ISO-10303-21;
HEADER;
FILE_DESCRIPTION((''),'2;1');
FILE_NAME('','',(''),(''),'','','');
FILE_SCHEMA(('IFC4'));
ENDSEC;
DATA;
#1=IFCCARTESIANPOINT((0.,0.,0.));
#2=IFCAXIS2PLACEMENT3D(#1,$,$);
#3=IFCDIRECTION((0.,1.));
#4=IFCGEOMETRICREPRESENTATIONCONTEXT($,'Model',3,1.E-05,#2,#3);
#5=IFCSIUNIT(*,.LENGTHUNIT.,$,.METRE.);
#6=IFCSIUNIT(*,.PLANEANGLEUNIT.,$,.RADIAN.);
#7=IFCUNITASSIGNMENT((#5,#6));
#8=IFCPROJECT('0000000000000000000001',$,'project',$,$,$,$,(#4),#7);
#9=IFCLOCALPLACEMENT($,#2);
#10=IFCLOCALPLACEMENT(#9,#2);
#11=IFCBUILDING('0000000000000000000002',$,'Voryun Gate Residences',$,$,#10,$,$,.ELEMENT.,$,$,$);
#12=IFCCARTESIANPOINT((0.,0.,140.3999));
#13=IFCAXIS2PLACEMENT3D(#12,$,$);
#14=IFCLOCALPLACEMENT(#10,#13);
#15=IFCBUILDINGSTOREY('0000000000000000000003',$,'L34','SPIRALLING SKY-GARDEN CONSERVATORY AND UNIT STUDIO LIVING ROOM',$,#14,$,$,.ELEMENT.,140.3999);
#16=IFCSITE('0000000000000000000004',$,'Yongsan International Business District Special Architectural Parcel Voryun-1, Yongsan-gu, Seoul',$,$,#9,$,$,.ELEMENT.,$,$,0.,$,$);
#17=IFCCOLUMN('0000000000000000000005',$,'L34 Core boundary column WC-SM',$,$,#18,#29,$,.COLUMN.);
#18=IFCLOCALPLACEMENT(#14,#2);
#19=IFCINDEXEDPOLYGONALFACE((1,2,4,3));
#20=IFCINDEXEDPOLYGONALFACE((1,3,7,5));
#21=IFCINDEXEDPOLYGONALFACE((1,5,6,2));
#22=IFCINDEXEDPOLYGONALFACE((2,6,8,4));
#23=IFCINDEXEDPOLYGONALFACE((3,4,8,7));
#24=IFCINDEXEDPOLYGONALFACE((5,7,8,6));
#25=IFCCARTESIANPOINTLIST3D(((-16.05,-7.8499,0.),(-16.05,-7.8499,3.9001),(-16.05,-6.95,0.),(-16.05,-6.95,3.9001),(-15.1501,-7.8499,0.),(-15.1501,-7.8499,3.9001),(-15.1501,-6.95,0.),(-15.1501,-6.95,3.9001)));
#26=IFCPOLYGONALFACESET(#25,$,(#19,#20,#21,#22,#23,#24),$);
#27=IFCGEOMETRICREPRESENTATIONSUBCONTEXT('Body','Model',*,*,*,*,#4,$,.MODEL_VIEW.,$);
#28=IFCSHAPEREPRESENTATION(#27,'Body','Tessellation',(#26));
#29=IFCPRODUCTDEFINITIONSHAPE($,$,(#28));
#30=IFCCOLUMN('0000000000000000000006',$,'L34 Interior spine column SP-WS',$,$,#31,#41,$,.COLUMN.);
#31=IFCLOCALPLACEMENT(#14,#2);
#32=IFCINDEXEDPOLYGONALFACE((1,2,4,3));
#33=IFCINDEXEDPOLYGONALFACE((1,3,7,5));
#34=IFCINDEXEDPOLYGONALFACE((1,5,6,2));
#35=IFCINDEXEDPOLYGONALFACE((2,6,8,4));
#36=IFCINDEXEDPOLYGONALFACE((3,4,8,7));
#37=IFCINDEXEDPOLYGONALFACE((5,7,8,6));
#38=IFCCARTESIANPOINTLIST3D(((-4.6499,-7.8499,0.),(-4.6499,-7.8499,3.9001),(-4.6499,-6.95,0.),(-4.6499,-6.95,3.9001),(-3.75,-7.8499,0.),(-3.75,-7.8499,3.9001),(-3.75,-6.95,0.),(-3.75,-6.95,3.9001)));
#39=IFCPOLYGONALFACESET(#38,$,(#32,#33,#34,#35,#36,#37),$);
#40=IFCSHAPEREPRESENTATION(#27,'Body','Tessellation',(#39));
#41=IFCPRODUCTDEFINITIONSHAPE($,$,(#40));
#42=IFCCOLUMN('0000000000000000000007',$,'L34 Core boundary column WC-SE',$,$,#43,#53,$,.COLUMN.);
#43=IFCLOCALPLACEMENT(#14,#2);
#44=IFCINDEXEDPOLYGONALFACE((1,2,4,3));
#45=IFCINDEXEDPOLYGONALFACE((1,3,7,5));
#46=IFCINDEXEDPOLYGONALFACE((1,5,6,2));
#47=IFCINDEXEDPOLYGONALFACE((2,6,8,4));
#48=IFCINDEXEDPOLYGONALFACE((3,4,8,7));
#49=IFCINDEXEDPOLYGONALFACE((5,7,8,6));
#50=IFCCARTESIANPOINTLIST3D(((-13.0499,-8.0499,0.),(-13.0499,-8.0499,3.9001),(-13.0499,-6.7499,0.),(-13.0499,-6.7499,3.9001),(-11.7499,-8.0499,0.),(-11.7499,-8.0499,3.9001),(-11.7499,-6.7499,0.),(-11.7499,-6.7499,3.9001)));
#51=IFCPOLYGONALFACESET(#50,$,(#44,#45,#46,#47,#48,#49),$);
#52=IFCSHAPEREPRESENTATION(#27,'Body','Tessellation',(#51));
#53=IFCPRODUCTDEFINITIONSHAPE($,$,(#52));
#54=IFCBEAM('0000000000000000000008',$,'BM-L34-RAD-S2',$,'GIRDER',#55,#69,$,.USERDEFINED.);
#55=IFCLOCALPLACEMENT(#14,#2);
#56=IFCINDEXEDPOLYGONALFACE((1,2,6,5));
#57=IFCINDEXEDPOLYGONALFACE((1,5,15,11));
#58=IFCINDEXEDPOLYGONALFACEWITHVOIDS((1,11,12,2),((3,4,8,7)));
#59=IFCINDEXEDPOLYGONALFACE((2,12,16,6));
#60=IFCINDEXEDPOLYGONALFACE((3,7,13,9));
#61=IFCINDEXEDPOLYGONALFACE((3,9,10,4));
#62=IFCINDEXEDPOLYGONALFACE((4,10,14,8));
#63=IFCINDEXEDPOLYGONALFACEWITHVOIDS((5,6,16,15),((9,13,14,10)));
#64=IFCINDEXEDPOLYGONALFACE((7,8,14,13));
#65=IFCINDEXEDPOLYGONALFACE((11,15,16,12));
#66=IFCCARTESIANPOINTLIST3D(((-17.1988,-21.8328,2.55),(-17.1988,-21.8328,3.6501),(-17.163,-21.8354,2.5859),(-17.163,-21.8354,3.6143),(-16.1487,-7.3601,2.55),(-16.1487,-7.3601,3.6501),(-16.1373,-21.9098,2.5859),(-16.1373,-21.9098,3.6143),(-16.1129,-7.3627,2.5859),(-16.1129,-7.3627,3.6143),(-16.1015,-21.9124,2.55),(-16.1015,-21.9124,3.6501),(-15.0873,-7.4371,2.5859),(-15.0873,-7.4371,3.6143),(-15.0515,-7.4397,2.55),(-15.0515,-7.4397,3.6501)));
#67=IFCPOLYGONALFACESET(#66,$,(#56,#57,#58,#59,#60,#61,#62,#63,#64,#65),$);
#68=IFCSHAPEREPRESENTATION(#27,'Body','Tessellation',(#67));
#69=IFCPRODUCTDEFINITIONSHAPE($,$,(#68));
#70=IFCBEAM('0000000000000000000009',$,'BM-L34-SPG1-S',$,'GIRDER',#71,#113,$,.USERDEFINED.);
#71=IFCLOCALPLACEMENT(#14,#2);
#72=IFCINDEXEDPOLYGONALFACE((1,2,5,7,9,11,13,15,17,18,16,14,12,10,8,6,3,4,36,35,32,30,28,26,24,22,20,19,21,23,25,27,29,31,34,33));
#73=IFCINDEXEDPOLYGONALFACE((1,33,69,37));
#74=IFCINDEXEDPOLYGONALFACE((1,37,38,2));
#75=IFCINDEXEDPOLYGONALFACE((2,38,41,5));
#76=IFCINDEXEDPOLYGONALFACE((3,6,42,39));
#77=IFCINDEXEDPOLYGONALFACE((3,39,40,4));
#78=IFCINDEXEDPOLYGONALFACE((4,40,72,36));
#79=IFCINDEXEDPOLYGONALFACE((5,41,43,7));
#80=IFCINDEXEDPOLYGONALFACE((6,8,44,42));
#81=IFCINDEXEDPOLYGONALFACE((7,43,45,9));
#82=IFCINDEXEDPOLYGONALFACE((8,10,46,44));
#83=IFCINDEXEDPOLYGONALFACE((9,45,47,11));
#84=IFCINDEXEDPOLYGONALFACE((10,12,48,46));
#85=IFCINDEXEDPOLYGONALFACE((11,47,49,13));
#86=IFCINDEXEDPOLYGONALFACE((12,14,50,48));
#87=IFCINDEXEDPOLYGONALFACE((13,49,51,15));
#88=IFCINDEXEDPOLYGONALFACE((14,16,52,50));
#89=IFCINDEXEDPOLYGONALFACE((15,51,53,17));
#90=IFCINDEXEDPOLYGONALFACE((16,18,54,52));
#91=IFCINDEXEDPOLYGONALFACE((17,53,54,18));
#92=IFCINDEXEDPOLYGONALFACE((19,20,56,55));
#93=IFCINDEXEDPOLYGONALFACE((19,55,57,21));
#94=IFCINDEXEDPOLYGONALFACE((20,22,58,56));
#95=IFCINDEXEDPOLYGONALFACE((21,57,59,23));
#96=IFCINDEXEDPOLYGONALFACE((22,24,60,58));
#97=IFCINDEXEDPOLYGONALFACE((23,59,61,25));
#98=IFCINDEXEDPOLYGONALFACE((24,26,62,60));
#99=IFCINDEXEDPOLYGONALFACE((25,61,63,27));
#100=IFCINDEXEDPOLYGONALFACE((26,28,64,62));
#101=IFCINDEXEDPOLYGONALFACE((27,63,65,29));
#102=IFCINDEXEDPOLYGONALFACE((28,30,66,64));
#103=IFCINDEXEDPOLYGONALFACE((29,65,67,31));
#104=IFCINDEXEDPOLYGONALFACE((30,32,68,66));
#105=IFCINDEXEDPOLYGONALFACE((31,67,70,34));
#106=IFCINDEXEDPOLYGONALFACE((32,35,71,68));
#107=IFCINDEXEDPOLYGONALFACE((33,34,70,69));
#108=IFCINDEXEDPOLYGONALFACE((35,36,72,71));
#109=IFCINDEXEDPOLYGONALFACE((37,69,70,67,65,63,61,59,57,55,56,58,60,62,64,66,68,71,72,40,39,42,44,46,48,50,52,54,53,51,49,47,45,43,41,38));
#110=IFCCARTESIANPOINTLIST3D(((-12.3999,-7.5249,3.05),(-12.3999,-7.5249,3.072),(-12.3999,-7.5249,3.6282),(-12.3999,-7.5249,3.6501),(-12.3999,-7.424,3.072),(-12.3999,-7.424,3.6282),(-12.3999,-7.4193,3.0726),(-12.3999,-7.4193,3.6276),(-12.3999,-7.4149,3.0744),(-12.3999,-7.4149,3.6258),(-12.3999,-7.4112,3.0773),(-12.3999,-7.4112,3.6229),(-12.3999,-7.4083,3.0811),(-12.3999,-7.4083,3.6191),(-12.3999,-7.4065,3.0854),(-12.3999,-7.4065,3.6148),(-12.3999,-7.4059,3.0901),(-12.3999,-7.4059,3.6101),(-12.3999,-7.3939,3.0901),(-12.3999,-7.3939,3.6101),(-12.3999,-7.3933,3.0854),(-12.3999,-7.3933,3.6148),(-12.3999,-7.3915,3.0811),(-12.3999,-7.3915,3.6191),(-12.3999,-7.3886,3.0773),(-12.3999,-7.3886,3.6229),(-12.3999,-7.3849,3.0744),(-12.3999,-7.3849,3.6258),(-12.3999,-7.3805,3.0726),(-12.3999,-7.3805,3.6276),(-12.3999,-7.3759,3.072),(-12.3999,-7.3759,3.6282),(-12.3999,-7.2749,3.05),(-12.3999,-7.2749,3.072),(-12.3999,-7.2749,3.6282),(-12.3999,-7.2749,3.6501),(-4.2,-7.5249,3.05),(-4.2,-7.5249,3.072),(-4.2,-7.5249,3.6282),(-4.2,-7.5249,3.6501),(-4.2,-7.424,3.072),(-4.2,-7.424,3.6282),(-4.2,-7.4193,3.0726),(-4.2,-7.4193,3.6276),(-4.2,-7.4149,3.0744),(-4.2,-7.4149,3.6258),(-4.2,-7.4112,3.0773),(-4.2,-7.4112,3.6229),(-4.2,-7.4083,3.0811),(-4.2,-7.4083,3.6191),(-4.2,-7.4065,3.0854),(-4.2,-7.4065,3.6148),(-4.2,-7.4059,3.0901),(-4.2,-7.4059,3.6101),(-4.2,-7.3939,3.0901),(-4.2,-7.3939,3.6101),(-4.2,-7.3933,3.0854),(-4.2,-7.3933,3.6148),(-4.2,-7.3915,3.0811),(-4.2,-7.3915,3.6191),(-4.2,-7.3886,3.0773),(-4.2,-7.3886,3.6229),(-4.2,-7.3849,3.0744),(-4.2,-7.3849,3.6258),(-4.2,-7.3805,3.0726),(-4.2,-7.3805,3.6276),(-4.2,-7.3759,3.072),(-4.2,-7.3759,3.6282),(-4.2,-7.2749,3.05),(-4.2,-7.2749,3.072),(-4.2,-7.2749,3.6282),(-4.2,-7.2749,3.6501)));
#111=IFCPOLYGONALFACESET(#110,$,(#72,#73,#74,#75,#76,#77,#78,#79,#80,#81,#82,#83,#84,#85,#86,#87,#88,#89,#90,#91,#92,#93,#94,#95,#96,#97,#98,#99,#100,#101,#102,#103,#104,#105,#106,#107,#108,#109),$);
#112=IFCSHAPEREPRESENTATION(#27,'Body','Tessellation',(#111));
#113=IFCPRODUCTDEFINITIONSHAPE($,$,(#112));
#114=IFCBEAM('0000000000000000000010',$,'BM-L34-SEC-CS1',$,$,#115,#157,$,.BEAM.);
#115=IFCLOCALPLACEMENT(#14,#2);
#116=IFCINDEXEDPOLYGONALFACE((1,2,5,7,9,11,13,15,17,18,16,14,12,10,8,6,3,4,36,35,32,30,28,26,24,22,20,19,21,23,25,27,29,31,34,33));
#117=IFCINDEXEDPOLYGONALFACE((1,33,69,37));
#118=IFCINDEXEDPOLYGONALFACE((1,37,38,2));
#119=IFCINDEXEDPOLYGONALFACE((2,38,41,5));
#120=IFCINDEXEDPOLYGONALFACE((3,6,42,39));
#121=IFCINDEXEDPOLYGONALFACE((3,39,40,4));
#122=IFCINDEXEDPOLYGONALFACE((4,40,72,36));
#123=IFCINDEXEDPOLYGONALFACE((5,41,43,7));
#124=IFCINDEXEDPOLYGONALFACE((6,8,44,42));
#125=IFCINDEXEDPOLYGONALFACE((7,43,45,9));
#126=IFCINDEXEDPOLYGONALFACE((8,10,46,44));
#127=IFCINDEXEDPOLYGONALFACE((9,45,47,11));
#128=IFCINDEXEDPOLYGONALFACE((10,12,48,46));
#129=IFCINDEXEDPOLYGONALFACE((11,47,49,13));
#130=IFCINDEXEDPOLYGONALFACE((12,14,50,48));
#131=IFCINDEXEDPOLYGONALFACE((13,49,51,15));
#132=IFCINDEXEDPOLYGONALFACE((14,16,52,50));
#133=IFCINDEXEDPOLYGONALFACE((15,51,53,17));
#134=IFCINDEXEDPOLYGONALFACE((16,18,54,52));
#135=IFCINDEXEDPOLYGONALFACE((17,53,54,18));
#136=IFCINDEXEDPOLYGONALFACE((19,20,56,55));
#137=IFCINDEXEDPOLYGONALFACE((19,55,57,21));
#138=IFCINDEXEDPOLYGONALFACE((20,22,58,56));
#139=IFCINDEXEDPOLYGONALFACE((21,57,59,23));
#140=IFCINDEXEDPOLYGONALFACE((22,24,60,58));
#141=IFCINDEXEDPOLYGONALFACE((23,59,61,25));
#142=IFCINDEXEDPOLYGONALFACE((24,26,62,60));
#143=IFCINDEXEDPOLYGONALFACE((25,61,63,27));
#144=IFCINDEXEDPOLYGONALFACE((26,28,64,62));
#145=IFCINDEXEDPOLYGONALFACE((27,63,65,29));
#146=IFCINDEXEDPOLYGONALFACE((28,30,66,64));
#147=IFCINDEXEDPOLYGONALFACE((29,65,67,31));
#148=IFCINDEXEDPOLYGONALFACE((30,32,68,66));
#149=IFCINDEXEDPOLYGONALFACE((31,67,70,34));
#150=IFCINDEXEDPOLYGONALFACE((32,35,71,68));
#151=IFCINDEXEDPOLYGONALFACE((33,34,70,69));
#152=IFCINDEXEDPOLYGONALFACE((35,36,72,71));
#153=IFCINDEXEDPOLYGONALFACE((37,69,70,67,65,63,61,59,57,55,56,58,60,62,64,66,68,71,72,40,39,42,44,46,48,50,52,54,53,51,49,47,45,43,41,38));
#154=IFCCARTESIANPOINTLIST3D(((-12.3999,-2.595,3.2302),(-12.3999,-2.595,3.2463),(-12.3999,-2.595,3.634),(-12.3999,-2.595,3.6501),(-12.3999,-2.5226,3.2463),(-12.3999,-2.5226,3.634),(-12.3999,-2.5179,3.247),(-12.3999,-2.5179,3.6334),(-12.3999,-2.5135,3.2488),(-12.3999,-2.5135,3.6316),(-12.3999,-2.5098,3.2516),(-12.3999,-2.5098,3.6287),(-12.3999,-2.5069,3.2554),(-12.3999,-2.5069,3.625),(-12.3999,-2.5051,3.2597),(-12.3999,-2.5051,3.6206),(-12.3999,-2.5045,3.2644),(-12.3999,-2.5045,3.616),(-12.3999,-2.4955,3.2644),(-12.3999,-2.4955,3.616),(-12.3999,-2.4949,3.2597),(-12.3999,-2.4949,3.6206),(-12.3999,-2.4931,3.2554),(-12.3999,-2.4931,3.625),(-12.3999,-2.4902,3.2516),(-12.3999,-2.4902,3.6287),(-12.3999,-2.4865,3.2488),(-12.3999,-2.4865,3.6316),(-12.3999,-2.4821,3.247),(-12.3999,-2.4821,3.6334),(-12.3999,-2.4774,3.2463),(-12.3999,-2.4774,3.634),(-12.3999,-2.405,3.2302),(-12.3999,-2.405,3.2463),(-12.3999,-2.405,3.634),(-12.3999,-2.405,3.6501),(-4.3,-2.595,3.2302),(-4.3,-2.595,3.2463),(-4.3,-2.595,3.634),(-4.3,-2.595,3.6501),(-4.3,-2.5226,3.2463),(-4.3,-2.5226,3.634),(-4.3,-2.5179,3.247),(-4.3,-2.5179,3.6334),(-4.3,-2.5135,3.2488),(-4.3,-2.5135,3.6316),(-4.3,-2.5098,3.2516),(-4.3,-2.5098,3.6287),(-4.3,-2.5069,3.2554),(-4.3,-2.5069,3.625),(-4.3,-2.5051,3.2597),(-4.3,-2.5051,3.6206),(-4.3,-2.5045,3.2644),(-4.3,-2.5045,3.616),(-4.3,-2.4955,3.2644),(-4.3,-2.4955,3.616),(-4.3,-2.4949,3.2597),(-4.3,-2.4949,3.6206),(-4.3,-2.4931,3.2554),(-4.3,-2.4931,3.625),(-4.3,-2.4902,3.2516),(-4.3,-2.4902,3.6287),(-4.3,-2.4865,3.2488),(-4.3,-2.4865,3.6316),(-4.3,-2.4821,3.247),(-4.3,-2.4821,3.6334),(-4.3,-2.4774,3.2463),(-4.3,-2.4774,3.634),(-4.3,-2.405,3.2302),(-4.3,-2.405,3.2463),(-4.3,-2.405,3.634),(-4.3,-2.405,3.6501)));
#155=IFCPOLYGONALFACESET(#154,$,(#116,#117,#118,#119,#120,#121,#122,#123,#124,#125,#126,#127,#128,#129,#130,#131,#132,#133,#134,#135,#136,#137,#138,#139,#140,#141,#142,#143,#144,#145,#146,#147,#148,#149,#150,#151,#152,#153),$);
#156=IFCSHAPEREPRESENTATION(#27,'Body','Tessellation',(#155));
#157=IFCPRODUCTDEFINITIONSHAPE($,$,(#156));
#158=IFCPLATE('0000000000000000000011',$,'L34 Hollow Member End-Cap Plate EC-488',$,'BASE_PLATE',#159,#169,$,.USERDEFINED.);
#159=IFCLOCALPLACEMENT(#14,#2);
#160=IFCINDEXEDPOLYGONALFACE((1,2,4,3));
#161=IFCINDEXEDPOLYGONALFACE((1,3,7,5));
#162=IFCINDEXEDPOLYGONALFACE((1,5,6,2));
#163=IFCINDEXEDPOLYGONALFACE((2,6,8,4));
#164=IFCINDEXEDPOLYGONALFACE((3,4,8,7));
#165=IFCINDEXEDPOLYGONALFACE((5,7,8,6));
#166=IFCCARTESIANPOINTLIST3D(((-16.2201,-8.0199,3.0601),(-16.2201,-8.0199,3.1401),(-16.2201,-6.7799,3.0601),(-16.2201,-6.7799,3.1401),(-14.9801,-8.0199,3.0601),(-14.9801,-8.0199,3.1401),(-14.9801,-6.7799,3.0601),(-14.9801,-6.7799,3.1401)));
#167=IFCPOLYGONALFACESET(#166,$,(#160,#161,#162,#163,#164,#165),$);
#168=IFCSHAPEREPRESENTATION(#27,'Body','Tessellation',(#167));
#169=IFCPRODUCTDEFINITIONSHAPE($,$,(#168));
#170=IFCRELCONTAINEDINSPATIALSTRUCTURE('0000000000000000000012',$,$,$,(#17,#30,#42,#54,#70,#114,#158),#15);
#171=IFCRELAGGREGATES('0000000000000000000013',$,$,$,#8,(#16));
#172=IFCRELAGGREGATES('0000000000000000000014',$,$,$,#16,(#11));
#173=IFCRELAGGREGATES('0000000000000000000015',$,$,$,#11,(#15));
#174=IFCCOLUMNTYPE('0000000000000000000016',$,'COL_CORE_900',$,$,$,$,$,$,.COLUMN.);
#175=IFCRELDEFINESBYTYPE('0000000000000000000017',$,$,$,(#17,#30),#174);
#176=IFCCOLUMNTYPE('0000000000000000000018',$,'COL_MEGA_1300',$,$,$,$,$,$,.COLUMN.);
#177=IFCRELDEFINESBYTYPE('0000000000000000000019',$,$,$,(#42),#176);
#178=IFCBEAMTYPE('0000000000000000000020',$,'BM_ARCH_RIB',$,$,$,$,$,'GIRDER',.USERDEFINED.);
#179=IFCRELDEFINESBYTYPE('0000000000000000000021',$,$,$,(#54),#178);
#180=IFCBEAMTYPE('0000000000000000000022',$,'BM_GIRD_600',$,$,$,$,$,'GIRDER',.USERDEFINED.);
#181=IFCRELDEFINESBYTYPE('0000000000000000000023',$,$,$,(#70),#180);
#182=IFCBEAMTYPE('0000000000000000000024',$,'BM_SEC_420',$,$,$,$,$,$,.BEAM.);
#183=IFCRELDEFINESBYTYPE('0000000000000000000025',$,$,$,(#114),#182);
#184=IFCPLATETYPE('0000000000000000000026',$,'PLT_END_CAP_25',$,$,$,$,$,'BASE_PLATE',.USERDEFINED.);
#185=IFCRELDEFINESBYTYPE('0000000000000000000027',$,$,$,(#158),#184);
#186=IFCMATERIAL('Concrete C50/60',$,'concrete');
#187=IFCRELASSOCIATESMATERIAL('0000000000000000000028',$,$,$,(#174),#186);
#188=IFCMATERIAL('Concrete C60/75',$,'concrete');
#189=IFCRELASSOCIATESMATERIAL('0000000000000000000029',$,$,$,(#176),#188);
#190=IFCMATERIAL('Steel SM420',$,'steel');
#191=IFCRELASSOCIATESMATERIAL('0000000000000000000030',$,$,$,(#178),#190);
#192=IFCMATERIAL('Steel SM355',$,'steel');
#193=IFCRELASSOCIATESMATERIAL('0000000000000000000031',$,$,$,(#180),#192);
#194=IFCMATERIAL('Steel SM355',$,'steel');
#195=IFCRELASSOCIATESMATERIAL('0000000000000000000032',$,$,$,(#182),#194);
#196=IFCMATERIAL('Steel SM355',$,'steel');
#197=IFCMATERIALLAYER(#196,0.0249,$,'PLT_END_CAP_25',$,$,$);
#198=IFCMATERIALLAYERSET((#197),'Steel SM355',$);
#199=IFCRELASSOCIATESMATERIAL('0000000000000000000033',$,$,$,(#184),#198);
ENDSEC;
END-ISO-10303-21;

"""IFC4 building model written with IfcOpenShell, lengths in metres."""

from ifc_helpers import new_model, si_unit, direction, frame, origin, origin_2d, place, context, subcontext, project, spatial, rectangle, hollow_rectangle, i_section, extrude, material, layer, layer_set, material_profile, profile_set, type_object, element, save


model = new_model("IFC4")

# Units and contexts
model_context = context("Model", 3, precision=1e-05, world=origin(), true_north=direction((0.0, 1.0)))
body_context = subcontext(model_context, "Body", "Model", "MODEL_VIEW")
ifc_project = project(units=[si_unit("LENGTHUNIT", "METRE"), si_unit("PLANEANGLEUNIT", "RADIAN")], contexts=[model_context])

# Site, building, storey
site_placement = place(None, origin())
site = spatial("IfcSite", under=ifc_project, at=site_placement, Name="Yongsan International Business District Special Architectural Parcel Voryun-1, Yongsan-gu, Seoul", CompositionType="ELEMENT", RefElevation=0.0)
building_placement = place(site_placement, origin())
building = spatial("IfcBuilding", under=site, at=building_placement, Name="Voryun Gate Residences", CompositionType="ELEMENT")
storey_placement = place(building_placement, frame((0.0, 0.0, 140.3999)))
storey = spatial("IfcBuildingStorey", under=building, at=storey_placement, Name="L34", Description="SPIRALLING SKY-GARDEN CONSERVATORY AND UNIT STUDIO LIVING ROOM", CompositionType="ELEMENT", Elevation=140.3999)

# Columns
ifc_material_1 = material(Name="Concrete C50/60", Category="concrete")
ifc_material_profile_1 = material_profile(ifc_material_1, rectangle(XDim=0.8999, YDim=0.8999, at=origin_2d()), Name="RC-900x900")
ifc_profile_set_1 = profile_set([ifc_material_profile_1], Name="Concrete C50/60")
column_type_1 = type_object("IfcColumnType", Name="COL_CORE_900", PredefinedType="COLUMN", material=ifc_profile_set_1)
for number, where, z_axis, x_axis, name in (
    (1, (-15.6001, -7.3999, 0.0), (0.0, 0.0, 1.0), (1.0, 0.0, 0.0), "L34 Core boundary column WC-SM"),
    (2, (-4.2, -7.3999, 0.0), (0.0, 0.0, 1.0), (1.0, 0.0, 0.0), "L34 Interior spine column SP-WS"),
):
    element("IfcColumn", number, at=place(storey_placement, frame(where, z_axis=z_axis, x_axis=x_axis)), inside=storey, type_object=column_type_1, Name=name, PredefinedType="COLUMN", context=body_context, shape_type="SweptSolid", body=[
        extrude(rectangle(XDim=0.8999, YDim=0.8999, at=origin_2d()), origin(), (0.0, 0.0, 1.0), 3.9001),
    ])
ifc_material_2 = material(Name="Concrete C60/75", Category="concrete")
ifc_material_profile_2 = material_profile(ifc_material_2, rectangle(XDim=1.3, YDim=1.3, at=origin_2d()), Name="RC-1300x1300")
ifc_profile_set_2 = profile_set([ifc_material_profile_2], Name="Concrete C60/75")
column_type_2 = type_object("IfcColumnType", Name="COL_MEGA_1300", PredefinedType="COLUMN", material=ifc_profile_set_2)
column_placement = place(storey_placement, frame((-12.3999, -7.3999, 0.0), z_axis=(0.0, 0.0, 1.0), x_axis=(1.0, 0.0, 0.0)))
element("IfcColumn", 3, at=column_placement, inside=storey, type_object=column_type_2, Name="L34 Core boundary column WC-SE", PredefinedType="COLUMN", context=body_context, shape_type="SweptSolid", body=[
    extrude(rectangle(XDim=1.3, YDim=1.3, at=origin_2d()), origin(), (0.0, 0.0, 1.0), 3.9001),
])

# Beams
ifc_material_3 = material(Name="Steel SM420", Category="steel")
ifc_material_profile_3 = material_profile(ifc_material_3, hollow_rectangle(XDim=1.1001, YDim=1.1001, WallThickness=0.0359, at=origin_2d()), Name="BOX-1100x1100x36")
ifc_profile_set_3 = profile_set([ifc_material_profile_3], Name="Steel SM420")
beam_type_1 = type_object("IfcBeamType", Name="BM_ARCH_RIB", ElementType="GIRDER", PredefinedType="USERDEFINED", material=ifc_profile_set_3)
beam_1_placement = place(storey_placement, frame((-15.6001, -7.3999, 3.1001), z_axis=(-0.072364, -0.997378, 0.0), x_axis=(0.997378, -0.072364, 0.0)))
element("IfcBeam", 4, at=beam_1_placement, inside=storey, type_object=beam_type_1, Name="BM-L34-RAD-S2", ObjectType="GIRDER", PredefinedType="USERDEFINED", context=body_context, shape_type="SweptSolid", body=[
    extrude(hollow_rectangle(XDim=1.1001, YDim=1.1001, WallThickness=0.0359, at=origin_2d()), origin(), (0.0, 0.0, 1.0), 14.5107),
])
ifc_material_4 = material(Name="Steel SM355", Category="steel")
ifc_material_profile_4 = material_profile(ifc_material_4, i_section(OverallWidth=0.25, OverallDepth=0.6001, WebThickness=0.012, FlangeThickness=0.022, FilletRadius=0.0181, at=origin_2d()), Name="H-600x250x12x22")
ifc_profile_set_4 = profile_set([ifc_material_profile_4], Name="Steel SM355")
beam_type_2 = type_object("IfcBeamType", Name="BM_GIRD_600", ElementType="GIRDER", PredefinedType="USERDEFINED", material=ifc_profile_set_4)
beam_2_placement = place(storey_placement, frame((-12.3999, -7.3999, 3.3501), z_axis=(1.0, 0.0, 0.0), x_axis=(0.0, 1.0, 0.0)))
element("IfcBeam", 5, at=beam_2_placement, inside=storey, type_object=beam_type_2, Name="BM-L34-SPG1-S", ObjectType="GIRDER", PredefinedType="USERDEFINED", context=body_context, shape_type="SweptSolid", body=[
    extrude(i_section(OverallWidth=0.25, OverallDepth=0.6001, WebThickness=0.012, FlangeThickness=0.022, FilletRadius=0.0181, at=origin_2d()), origin(), (0.0, 0.0, 1.0), 8.2),
])
ifc_material_5 = material(Name="Steel SM355", Category="steel")
ifc_material_profile_5 = material_profile(ifc_material_5, i_section(OverallWidth=0.1899, OverallDepth=0.4199, WebThickness=0.009, FlangeThickness=0.0161, FilletRadius=0.0181, at=origin_2d()), Name="H-420x190x9x16")
ifc_profile_set_5 = profile_set([ifc_material_profile_5], Name="Steel SM355")
beam_type_3 = type_object("IfcBeamType", Name="BM_SEC_420", PredefinedType="BEAM", material=ifc_profile_set_5)
beam_3_placement = place(storey_placement, frame((-12.3999, -2.5, 3.4402), z_axis=(1.0, 0.0, 0.0), x_axis=(0.0, 1.0, 0.0)))
element("IfcBeam", 6, at=beam_3_placement, inside=storey, type_object=beam_type_3, Name="BM-L34-SEC-CS1", PredefinedType="BEAM", context=body_context, shape_type="SweptSolid", body=[
    extrude(i_section(OverallWidth=0.1899, OverallDepth=0.4199, WebThickness=0.009, FlangeThickness=0.0161, FilletRadius=0.0181, at=origin_2d()), origin(), (0.0, 0.0, 1.0), 8.0999),
])

# Plate
ifc_material_6 = material(Name="Steel SM355", Category="steel")
ifc_layer_1 = layer(ifc_material_6, 0.0249, Name="PLT_END_CAP_25")
ifc_layer_set_1 = layer_set([ifc_layer_1], Name="Steel SM355")
plate_type = type_object("IfcPlateType", Name="PLT_END_CAP_25", ElementType="BASE_PLATE", PredefinedType="USERDEFINED", material=ifc_layer_set_1)
plate_placement = place(storey_placement, frame((-15.6001, -7.3999, 3.0601), z_axis=(0.0, 0.0, 1.0), x_axis=(1.0, 0.0, 0.0)))
element("IfcPlate", 7, at=plate_placement, inside=storey, type_object=plate_type, Name="L34 Hollow Member End-Cap Plate EC-488", ObjectType="BASE_PLATE", PredefinedType="USERDEFINED", context=body_context, shape_type="SweptSolid", body=[
    extrude(rectangle(XDim=1.24, YDim=1.24, at=origin_2d()), origin(), (0.0, 0.0, 1.0), 0.0801),
])

save(model, "model.ifc")
